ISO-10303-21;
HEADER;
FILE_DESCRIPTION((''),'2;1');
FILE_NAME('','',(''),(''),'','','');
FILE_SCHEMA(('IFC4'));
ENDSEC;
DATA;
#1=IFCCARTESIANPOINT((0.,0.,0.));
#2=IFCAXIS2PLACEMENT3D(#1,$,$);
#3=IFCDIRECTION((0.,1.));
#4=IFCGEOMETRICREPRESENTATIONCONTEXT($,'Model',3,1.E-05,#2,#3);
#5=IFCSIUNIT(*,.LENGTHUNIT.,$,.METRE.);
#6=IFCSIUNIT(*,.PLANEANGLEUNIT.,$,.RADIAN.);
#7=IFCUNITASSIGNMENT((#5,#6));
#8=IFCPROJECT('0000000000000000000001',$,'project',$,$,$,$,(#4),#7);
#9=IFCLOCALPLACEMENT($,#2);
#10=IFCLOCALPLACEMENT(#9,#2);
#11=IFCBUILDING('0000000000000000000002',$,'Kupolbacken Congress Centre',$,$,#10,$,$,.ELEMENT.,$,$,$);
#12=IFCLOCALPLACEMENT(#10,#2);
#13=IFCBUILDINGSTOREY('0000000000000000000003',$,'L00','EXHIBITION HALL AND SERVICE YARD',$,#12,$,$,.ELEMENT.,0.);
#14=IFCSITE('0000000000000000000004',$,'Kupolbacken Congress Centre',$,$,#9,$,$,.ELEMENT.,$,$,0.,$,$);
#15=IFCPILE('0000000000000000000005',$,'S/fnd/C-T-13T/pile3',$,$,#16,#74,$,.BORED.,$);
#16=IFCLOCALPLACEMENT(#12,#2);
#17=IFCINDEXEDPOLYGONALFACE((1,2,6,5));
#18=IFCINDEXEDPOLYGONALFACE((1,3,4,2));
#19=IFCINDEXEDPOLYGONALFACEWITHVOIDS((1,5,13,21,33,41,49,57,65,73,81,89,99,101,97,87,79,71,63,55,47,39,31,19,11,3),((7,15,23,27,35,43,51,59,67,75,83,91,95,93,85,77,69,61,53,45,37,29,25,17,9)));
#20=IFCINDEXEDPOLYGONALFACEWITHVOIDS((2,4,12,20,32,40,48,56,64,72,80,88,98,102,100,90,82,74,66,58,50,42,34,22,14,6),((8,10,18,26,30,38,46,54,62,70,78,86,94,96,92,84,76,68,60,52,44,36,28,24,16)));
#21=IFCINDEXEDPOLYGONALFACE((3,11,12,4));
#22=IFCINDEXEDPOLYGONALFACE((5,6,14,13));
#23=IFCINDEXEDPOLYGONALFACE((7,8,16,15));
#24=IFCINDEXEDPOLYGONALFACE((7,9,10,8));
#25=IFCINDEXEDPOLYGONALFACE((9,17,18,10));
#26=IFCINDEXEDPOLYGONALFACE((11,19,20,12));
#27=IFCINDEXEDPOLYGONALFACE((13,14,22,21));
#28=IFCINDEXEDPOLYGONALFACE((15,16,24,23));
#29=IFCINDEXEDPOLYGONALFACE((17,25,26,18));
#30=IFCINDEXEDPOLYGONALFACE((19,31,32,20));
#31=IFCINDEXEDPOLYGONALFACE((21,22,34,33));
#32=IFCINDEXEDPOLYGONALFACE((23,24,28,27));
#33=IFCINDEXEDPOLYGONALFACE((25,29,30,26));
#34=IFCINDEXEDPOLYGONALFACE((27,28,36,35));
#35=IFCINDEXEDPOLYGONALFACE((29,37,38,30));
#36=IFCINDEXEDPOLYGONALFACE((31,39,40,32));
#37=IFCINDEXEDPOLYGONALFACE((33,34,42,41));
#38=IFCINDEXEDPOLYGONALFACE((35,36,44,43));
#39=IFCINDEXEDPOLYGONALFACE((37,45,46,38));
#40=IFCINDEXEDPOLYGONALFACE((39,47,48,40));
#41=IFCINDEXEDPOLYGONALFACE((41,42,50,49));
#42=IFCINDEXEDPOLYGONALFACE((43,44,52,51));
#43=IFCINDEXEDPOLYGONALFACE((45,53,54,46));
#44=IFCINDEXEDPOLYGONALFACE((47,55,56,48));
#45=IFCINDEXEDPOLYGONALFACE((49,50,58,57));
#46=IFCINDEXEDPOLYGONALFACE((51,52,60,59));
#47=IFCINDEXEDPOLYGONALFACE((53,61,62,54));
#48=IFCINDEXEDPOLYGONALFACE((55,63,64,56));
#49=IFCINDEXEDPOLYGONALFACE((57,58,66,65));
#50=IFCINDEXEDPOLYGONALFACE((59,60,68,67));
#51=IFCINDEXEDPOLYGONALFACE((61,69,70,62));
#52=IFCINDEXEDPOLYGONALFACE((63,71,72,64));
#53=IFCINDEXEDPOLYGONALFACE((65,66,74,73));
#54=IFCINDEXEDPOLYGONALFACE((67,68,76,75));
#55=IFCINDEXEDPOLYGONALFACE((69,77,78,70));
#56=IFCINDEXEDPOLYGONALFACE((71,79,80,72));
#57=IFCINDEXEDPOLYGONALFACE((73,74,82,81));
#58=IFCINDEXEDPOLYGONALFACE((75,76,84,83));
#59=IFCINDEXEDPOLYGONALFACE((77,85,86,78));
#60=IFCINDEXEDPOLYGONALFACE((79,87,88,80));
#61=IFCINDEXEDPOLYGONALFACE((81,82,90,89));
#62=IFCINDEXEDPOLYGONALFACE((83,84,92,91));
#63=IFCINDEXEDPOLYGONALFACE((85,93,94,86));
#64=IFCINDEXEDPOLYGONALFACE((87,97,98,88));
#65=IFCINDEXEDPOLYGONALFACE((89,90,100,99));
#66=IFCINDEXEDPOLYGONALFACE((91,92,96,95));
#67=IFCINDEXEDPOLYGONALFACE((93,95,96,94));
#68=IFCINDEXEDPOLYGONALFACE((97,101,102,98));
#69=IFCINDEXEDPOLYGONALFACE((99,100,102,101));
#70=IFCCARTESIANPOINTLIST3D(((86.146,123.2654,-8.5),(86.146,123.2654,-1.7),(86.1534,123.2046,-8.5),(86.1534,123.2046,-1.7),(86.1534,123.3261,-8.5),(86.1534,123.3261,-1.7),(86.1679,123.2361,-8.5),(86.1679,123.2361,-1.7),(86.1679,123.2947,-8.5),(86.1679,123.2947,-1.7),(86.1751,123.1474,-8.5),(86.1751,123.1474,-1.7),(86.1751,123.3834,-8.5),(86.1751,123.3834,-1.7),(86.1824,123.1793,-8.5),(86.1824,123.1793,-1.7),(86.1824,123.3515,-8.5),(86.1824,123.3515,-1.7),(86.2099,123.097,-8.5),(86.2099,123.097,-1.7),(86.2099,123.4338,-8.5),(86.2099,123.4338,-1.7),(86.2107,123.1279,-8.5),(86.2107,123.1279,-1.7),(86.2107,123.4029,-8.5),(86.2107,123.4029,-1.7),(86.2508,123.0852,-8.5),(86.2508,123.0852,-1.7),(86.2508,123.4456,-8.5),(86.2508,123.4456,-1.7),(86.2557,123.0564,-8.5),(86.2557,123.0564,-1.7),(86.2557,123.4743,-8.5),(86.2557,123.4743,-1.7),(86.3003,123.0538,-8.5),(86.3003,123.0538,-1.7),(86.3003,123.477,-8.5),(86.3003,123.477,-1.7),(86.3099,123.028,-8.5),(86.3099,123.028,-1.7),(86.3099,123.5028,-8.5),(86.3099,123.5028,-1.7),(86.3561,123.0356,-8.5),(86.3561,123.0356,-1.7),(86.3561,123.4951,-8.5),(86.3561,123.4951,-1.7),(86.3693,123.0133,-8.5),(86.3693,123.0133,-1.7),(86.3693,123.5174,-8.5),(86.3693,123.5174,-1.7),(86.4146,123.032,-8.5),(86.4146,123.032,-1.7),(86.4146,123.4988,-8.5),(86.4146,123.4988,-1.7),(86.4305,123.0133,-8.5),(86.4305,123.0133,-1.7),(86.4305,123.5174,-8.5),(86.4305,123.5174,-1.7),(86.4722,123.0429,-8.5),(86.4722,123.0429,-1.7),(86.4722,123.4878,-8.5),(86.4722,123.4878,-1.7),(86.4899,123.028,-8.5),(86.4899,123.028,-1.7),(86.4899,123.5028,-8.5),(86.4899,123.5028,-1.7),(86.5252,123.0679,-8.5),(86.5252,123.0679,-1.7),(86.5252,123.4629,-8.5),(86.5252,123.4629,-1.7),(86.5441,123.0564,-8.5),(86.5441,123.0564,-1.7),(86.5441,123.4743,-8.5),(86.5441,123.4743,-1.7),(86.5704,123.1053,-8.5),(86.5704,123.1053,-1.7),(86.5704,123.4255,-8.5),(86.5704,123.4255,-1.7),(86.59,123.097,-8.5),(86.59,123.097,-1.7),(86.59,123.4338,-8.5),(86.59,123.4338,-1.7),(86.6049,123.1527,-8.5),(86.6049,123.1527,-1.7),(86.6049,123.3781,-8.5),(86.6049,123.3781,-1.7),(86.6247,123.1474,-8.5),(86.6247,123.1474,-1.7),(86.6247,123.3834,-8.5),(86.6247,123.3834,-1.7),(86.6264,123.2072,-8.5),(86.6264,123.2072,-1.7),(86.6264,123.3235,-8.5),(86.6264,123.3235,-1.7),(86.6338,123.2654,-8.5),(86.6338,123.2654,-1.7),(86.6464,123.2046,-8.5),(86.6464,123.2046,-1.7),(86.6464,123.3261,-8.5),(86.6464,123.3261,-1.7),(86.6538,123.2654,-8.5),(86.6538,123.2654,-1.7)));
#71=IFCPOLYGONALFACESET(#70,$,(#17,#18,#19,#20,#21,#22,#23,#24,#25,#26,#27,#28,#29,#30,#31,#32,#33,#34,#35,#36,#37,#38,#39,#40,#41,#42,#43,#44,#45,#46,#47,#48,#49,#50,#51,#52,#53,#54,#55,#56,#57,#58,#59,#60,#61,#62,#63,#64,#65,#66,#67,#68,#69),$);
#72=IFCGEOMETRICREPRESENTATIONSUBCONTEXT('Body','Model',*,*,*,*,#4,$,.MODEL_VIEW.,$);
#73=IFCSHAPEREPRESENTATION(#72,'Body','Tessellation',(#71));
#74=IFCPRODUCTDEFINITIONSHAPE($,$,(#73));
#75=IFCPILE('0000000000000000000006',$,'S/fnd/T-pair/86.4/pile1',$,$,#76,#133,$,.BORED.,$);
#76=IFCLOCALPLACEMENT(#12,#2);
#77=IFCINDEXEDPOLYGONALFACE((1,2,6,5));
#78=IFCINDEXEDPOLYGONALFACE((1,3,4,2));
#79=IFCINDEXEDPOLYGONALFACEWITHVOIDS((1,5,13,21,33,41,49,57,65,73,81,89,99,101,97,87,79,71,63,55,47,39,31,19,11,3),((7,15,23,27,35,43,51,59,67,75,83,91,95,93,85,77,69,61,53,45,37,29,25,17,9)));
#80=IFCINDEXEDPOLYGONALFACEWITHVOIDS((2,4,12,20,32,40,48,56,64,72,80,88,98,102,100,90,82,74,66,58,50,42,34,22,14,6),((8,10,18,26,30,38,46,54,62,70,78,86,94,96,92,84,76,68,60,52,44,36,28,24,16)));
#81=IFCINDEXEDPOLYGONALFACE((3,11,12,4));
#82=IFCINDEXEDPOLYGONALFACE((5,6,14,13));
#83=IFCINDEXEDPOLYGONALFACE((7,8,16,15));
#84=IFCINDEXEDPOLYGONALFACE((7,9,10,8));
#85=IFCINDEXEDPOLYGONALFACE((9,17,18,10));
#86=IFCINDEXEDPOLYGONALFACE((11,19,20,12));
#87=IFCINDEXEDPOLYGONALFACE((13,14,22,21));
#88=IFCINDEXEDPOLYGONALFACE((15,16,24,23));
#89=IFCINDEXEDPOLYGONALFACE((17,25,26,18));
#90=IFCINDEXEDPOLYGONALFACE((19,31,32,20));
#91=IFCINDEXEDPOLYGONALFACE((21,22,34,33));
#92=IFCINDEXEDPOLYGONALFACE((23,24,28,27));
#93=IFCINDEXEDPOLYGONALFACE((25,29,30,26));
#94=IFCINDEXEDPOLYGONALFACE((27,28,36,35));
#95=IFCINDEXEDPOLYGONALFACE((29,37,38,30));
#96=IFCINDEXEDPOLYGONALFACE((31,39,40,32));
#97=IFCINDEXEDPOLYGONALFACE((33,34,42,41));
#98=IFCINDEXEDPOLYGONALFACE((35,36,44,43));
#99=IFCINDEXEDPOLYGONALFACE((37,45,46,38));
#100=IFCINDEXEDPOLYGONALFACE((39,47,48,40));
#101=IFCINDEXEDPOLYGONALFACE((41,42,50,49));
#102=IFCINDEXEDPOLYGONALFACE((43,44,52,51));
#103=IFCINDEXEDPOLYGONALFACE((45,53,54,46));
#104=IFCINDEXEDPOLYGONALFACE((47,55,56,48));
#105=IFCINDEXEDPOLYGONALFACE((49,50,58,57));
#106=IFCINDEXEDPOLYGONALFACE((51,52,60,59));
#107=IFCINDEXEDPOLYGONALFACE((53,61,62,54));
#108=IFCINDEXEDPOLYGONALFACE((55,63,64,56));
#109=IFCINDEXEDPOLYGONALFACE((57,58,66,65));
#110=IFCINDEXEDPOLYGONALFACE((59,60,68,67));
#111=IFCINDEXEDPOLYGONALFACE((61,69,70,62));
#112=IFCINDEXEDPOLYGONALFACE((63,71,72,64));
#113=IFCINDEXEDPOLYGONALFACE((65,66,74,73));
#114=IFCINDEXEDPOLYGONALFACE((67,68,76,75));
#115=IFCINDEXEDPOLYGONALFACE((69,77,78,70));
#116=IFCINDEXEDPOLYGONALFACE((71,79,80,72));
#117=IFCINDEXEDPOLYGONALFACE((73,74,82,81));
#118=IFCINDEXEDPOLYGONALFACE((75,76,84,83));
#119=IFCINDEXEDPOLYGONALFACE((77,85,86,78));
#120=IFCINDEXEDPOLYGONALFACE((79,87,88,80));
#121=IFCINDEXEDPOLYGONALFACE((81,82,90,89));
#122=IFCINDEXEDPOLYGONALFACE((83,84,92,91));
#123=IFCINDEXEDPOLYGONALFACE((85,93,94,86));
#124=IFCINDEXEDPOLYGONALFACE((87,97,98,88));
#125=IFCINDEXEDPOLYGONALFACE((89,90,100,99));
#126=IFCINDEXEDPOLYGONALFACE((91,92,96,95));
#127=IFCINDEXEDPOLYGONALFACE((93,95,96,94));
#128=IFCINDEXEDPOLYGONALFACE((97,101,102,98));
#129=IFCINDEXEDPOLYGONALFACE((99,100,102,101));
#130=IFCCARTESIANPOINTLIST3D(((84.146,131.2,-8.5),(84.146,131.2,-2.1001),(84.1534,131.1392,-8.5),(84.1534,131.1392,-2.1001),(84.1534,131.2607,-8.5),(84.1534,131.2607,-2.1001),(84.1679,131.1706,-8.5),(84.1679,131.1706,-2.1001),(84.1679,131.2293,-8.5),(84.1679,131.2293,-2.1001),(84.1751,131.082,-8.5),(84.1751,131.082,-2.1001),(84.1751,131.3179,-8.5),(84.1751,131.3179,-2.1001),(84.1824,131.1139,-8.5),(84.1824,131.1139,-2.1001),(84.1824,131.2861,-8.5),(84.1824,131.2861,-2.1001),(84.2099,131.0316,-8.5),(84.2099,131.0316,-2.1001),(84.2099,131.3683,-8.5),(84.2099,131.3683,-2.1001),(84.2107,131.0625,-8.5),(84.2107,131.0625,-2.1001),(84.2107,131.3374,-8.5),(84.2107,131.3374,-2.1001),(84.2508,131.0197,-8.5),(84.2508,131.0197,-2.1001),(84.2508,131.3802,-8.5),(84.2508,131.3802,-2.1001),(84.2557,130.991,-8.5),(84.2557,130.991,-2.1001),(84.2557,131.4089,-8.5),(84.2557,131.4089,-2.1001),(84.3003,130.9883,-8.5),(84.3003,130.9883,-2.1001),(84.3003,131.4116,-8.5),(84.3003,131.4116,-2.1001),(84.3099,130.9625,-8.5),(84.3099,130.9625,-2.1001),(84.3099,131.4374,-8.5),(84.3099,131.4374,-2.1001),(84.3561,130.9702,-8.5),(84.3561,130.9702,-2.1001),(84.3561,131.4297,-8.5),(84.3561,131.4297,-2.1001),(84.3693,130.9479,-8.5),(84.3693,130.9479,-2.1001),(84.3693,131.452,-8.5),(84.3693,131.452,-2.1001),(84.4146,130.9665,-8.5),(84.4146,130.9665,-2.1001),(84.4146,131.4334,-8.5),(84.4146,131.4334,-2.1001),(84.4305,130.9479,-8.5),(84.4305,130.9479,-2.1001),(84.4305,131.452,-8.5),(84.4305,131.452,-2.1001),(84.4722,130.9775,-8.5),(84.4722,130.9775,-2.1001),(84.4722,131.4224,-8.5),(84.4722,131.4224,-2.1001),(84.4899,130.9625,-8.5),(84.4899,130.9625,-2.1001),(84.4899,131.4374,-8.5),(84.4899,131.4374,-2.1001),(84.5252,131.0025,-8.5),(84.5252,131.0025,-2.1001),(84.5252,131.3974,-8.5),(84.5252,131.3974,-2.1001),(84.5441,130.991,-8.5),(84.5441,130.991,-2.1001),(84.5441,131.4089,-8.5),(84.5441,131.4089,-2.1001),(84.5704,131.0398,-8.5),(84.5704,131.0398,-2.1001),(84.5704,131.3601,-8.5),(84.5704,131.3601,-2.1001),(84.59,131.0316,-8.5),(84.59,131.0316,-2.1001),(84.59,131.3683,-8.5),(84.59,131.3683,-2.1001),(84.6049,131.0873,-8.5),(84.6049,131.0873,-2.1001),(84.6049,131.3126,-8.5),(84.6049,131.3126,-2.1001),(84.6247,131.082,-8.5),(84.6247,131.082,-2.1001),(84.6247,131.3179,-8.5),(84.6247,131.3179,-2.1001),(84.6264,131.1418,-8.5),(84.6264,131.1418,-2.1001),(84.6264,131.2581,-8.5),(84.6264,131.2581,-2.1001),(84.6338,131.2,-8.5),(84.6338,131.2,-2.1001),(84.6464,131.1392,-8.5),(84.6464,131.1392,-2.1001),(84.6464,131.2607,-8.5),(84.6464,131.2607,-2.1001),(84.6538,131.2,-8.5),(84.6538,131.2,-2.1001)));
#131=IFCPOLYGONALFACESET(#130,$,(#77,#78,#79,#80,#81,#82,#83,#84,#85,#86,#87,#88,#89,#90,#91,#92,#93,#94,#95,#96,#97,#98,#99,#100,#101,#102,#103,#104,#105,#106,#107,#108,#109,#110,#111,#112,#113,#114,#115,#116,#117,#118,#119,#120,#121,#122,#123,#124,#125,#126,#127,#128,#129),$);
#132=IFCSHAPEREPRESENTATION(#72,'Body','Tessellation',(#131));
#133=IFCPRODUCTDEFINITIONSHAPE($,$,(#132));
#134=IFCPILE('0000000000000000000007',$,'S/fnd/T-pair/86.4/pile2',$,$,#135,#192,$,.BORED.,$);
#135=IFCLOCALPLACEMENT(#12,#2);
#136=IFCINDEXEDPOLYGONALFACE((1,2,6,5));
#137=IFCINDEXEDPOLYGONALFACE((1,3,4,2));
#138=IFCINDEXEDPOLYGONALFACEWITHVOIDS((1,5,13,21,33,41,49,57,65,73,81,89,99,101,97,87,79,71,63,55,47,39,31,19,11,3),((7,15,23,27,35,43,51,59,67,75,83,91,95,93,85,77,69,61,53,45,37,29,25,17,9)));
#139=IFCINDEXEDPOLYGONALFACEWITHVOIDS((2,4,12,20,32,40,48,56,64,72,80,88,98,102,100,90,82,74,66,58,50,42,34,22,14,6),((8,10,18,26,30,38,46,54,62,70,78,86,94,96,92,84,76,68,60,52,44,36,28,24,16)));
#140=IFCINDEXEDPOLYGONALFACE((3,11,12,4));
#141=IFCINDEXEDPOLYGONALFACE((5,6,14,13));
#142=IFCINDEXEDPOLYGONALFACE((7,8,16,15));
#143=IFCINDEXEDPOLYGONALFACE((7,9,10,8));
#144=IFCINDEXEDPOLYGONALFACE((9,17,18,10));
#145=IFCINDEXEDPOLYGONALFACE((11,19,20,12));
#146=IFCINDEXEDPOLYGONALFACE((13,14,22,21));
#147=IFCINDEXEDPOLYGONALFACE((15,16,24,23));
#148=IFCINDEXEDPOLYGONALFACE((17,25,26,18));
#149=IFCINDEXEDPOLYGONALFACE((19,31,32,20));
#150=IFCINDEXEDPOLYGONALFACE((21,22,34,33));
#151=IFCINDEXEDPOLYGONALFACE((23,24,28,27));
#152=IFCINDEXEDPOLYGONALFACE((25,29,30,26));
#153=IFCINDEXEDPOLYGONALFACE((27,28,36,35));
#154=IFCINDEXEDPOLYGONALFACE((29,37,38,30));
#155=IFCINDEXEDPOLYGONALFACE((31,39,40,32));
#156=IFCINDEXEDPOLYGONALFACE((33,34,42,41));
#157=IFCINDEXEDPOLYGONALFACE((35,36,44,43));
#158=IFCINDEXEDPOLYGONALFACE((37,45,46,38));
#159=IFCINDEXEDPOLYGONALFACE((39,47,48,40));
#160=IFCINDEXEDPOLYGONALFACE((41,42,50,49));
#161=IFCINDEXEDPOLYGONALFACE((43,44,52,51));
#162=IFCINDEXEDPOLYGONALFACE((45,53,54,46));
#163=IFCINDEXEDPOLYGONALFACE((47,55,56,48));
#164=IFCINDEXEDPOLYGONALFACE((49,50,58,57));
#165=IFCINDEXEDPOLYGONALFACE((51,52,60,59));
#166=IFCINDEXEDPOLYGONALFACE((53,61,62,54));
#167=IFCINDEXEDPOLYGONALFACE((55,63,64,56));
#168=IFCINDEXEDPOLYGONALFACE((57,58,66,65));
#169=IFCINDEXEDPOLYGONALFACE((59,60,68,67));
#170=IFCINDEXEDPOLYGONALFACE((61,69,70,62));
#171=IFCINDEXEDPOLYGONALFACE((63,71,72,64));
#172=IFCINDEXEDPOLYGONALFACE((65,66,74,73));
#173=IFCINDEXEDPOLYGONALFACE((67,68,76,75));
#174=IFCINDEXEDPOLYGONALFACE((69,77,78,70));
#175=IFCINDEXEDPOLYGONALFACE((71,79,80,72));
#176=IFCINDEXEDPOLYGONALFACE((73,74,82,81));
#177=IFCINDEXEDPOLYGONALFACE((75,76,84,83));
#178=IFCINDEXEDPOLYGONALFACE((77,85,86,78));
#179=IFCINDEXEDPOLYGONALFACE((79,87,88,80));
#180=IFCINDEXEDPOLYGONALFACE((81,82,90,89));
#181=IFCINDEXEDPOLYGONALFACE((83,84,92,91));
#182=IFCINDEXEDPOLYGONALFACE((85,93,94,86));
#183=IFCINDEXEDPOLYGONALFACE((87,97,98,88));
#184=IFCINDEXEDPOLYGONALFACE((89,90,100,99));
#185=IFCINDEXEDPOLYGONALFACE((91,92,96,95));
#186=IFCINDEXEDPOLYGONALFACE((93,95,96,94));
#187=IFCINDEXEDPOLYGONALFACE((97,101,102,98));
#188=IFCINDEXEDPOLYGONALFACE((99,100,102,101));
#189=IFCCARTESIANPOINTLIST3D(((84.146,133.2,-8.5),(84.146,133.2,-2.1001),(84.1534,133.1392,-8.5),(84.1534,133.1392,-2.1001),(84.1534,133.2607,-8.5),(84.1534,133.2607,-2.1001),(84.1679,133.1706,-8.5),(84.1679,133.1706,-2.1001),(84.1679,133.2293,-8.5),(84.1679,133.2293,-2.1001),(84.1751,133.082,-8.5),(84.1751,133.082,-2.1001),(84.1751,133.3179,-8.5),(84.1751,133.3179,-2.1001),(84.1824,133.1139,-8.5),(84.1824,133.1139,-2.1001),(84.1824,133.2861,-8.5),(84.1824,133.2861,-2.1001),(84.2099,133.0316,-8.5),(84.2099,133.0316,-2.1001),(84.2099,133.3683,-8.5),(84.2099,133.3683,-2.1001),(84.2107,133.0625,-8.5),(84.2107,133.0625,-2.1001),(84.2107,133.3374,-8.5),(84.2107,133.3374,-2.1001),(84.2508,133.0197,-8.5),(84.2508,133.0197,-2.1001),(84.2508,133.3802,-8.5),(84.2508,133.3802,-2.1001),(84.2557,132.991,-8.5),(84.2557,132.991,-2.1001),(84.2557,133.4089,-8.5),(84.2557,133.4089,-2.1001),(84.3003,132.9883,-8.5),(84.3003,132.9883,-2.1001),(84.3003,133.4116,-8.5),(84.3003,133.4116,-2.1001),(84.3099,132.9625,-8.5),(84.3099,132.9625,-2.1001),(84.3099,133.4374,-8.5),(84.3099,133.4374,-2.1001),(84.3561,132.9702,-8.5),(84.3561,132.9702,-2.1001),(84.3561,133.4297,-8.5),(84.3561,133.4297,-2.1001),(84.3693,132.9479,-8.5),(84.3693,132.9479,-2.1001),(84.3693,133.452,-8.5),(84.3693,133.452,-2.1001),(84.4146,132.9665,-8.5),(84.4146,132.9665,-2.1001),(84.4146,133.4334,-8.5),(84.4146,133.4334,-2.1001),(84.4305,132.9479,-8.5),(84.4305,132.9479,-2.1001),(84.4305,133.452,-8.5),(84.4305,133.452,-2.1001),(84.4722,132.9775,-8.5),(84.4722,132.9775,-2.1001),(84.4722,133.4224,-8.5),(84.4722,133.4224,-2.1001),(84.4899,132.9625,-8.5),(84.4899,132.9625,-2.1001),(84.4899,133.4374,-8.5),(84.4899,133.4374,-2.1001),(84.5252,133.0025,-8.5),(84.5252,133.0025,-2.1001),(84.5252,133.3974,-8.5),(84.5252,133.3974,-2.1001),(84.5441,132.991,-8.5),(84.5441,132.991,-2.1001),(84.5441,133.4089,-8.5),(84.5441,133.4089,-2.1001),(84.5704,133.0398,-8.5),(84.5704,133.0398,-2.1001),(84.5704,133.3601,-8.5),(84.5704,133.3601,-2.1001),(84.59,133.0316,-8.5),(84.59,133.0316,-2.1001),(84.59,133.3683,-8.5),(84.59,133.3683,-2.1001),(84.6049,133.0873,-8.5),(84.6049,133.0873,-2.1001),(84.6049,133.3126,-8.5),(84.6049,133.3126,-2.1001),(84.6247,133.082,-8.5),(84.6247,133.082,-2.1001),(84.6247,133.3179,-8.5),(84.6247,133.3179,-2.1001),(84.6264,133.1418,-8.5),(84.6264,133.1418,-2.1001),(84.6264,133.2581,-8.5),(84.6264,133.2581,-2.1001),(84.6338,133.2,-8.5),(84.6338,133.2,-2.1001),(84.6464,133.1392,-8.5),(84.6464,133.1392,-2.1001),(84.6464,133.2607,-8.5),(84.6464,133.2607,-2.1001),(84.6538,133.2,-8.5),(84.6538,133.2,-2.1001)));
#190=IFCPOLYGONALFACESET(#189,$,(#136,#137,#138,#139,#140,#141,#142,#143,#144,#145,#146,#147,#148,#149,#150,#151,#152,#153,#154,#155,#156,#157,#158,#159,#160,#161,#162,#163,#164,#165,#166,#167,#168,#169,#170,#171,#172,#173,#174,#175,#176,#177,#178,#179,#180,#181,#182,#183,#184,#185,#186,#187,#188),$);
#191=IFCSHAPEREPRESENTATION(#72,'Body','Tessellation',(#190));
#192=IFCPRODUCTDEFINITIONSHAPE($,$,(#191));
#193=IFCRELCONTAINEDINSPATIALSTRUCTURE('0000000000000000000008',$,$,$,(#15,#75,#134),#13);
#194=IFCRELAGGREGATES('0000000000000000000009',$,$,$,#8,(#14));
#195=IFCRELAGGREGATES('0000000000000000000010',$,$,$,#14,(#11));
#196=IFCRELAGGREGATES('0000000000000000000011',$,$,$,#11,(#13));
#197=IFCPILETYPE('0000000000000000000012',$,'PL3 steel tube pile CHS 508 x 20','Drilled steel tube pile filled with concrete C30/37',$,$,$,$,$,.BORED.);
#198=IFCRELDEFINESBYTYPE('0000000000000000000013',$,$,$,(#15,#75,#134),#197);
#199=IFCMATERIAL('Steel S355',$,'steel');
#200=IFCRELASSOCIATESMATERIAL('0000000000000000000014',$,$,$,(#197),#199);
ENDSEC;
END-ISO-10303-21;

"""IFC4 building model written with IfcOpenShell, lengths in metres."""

from ifc_helpers import new_model, si_unit, direction, frame, origin, origin_2d, place, context, subcontext, project, spatial, hollow_circle, extrude, material, material_profile, profile_set, type_object, element, save


model = new_model("IFC4")

# Units and contexts
model_context = context("Model", 3, precision=1e-05, world=origin(), true_north=direction((0.0, 1.0)))
body_context = subcontext(model_context, "Body", "Model", "MODEL_VIEW")
ifc_project = project(units=[si_unit("LENGTHUNIT", "METRE"), si_unit("PLANEANGLEUNIT", "RADIAN")], contexts=[model_context])

# Site, building, storey
site_placement = place(None, origin())
site = spatial("IfcSite", under=ifc_project, at=site_placement, Name="Kupolbacken Congress Centre", CompositionType="ELEMENT", RefElevation=0.0)
building_placement = place(site_placement, origin())
building = spatial("IfcBuilding", under=site, at=building_placement, Name="Kupolbacken Congress Centre", CompositionType="ELEMENT")
storey_placement = place(building_placement, origin())
storey = spatial("IfcBuildingStorey", under=building, at=storey_placement, Name="L00", Description="EXHIBITION HALL AND SERVICE YARD", CompositionType="ELEMENT", Elevation=0.0)

# Piles
ifc_material_1 = material(Name="Steel S355", Category="steel")
ifc_material_profile_1 = material_profile(ifc_material_1, hollow_circle(Radius=0.2539, WallThickness=0.02, at=origin_2d()), Name="CHS 508 x 20")
ifc_profile_set_1 = profile_set([ifc_material_profile_1], Name="Steel S355")
pile_type = type_object("IfcPileType", Name="PL3 steel tube pile CHS 508 x 20", Description="Drilled steel tube pile filled with concrete C30/37", PredefinedType="BORED", material=ifc_profile_set_1)
for number, where, z_axis, x_axis, name in (
    (1, (86.3999, 123.2654, -1.7), (0.0, 0.0, -1.0), (1.0, 0.0, 0.0), "S/fnd/C-T-13T/pile3"),
):
    element("IfcPile", number, at=place(storey_placement, frame(where, z_axis=z_axis, x_axis=x_axis)), inside=storey, type_object=pile_type, Name=name, PredefinedType="BORED", context=body_context, shape_type="SweptSolid", body=[
        extrude(hollow_circle(Radius=0.2539, WallThickness=0.02, at=origin_2d()), origin(), (0.0, 0.0, 1.0), 6.8),
    ])
for number, where, z_axis, x_axis, name in (
    (2, (84.3999, 131.2, -2.1001), (0.0, 0.0, -1.0), (1.0, 0.0, 0.0), "S/fnd/T-pair/86.4/pile1"),
    (3, (84.3999, 133.2, -2.1001), (0.0, 0.0, -1.0), (1.0, 0.0, 0.0), "S/fnd/T-pair/86.4/pile2"),
):
    element("IfcPile", number, at=place(storey_placement, frame(where, z_axis=z_axis, x_axis=x_axis)), inside=storey, type_object=pile_type, Name=name, PredefinedType="BORED", context=body_context, shape_type="SweptSolid", body=[
        extrude(hollow_circle(Radius=0.2539, WallThickness=0.02, at=origin_2d()), origin(), (0.0, 0.0, 1.0), 6.3999),
    ])

save(model, "model.ifc")
